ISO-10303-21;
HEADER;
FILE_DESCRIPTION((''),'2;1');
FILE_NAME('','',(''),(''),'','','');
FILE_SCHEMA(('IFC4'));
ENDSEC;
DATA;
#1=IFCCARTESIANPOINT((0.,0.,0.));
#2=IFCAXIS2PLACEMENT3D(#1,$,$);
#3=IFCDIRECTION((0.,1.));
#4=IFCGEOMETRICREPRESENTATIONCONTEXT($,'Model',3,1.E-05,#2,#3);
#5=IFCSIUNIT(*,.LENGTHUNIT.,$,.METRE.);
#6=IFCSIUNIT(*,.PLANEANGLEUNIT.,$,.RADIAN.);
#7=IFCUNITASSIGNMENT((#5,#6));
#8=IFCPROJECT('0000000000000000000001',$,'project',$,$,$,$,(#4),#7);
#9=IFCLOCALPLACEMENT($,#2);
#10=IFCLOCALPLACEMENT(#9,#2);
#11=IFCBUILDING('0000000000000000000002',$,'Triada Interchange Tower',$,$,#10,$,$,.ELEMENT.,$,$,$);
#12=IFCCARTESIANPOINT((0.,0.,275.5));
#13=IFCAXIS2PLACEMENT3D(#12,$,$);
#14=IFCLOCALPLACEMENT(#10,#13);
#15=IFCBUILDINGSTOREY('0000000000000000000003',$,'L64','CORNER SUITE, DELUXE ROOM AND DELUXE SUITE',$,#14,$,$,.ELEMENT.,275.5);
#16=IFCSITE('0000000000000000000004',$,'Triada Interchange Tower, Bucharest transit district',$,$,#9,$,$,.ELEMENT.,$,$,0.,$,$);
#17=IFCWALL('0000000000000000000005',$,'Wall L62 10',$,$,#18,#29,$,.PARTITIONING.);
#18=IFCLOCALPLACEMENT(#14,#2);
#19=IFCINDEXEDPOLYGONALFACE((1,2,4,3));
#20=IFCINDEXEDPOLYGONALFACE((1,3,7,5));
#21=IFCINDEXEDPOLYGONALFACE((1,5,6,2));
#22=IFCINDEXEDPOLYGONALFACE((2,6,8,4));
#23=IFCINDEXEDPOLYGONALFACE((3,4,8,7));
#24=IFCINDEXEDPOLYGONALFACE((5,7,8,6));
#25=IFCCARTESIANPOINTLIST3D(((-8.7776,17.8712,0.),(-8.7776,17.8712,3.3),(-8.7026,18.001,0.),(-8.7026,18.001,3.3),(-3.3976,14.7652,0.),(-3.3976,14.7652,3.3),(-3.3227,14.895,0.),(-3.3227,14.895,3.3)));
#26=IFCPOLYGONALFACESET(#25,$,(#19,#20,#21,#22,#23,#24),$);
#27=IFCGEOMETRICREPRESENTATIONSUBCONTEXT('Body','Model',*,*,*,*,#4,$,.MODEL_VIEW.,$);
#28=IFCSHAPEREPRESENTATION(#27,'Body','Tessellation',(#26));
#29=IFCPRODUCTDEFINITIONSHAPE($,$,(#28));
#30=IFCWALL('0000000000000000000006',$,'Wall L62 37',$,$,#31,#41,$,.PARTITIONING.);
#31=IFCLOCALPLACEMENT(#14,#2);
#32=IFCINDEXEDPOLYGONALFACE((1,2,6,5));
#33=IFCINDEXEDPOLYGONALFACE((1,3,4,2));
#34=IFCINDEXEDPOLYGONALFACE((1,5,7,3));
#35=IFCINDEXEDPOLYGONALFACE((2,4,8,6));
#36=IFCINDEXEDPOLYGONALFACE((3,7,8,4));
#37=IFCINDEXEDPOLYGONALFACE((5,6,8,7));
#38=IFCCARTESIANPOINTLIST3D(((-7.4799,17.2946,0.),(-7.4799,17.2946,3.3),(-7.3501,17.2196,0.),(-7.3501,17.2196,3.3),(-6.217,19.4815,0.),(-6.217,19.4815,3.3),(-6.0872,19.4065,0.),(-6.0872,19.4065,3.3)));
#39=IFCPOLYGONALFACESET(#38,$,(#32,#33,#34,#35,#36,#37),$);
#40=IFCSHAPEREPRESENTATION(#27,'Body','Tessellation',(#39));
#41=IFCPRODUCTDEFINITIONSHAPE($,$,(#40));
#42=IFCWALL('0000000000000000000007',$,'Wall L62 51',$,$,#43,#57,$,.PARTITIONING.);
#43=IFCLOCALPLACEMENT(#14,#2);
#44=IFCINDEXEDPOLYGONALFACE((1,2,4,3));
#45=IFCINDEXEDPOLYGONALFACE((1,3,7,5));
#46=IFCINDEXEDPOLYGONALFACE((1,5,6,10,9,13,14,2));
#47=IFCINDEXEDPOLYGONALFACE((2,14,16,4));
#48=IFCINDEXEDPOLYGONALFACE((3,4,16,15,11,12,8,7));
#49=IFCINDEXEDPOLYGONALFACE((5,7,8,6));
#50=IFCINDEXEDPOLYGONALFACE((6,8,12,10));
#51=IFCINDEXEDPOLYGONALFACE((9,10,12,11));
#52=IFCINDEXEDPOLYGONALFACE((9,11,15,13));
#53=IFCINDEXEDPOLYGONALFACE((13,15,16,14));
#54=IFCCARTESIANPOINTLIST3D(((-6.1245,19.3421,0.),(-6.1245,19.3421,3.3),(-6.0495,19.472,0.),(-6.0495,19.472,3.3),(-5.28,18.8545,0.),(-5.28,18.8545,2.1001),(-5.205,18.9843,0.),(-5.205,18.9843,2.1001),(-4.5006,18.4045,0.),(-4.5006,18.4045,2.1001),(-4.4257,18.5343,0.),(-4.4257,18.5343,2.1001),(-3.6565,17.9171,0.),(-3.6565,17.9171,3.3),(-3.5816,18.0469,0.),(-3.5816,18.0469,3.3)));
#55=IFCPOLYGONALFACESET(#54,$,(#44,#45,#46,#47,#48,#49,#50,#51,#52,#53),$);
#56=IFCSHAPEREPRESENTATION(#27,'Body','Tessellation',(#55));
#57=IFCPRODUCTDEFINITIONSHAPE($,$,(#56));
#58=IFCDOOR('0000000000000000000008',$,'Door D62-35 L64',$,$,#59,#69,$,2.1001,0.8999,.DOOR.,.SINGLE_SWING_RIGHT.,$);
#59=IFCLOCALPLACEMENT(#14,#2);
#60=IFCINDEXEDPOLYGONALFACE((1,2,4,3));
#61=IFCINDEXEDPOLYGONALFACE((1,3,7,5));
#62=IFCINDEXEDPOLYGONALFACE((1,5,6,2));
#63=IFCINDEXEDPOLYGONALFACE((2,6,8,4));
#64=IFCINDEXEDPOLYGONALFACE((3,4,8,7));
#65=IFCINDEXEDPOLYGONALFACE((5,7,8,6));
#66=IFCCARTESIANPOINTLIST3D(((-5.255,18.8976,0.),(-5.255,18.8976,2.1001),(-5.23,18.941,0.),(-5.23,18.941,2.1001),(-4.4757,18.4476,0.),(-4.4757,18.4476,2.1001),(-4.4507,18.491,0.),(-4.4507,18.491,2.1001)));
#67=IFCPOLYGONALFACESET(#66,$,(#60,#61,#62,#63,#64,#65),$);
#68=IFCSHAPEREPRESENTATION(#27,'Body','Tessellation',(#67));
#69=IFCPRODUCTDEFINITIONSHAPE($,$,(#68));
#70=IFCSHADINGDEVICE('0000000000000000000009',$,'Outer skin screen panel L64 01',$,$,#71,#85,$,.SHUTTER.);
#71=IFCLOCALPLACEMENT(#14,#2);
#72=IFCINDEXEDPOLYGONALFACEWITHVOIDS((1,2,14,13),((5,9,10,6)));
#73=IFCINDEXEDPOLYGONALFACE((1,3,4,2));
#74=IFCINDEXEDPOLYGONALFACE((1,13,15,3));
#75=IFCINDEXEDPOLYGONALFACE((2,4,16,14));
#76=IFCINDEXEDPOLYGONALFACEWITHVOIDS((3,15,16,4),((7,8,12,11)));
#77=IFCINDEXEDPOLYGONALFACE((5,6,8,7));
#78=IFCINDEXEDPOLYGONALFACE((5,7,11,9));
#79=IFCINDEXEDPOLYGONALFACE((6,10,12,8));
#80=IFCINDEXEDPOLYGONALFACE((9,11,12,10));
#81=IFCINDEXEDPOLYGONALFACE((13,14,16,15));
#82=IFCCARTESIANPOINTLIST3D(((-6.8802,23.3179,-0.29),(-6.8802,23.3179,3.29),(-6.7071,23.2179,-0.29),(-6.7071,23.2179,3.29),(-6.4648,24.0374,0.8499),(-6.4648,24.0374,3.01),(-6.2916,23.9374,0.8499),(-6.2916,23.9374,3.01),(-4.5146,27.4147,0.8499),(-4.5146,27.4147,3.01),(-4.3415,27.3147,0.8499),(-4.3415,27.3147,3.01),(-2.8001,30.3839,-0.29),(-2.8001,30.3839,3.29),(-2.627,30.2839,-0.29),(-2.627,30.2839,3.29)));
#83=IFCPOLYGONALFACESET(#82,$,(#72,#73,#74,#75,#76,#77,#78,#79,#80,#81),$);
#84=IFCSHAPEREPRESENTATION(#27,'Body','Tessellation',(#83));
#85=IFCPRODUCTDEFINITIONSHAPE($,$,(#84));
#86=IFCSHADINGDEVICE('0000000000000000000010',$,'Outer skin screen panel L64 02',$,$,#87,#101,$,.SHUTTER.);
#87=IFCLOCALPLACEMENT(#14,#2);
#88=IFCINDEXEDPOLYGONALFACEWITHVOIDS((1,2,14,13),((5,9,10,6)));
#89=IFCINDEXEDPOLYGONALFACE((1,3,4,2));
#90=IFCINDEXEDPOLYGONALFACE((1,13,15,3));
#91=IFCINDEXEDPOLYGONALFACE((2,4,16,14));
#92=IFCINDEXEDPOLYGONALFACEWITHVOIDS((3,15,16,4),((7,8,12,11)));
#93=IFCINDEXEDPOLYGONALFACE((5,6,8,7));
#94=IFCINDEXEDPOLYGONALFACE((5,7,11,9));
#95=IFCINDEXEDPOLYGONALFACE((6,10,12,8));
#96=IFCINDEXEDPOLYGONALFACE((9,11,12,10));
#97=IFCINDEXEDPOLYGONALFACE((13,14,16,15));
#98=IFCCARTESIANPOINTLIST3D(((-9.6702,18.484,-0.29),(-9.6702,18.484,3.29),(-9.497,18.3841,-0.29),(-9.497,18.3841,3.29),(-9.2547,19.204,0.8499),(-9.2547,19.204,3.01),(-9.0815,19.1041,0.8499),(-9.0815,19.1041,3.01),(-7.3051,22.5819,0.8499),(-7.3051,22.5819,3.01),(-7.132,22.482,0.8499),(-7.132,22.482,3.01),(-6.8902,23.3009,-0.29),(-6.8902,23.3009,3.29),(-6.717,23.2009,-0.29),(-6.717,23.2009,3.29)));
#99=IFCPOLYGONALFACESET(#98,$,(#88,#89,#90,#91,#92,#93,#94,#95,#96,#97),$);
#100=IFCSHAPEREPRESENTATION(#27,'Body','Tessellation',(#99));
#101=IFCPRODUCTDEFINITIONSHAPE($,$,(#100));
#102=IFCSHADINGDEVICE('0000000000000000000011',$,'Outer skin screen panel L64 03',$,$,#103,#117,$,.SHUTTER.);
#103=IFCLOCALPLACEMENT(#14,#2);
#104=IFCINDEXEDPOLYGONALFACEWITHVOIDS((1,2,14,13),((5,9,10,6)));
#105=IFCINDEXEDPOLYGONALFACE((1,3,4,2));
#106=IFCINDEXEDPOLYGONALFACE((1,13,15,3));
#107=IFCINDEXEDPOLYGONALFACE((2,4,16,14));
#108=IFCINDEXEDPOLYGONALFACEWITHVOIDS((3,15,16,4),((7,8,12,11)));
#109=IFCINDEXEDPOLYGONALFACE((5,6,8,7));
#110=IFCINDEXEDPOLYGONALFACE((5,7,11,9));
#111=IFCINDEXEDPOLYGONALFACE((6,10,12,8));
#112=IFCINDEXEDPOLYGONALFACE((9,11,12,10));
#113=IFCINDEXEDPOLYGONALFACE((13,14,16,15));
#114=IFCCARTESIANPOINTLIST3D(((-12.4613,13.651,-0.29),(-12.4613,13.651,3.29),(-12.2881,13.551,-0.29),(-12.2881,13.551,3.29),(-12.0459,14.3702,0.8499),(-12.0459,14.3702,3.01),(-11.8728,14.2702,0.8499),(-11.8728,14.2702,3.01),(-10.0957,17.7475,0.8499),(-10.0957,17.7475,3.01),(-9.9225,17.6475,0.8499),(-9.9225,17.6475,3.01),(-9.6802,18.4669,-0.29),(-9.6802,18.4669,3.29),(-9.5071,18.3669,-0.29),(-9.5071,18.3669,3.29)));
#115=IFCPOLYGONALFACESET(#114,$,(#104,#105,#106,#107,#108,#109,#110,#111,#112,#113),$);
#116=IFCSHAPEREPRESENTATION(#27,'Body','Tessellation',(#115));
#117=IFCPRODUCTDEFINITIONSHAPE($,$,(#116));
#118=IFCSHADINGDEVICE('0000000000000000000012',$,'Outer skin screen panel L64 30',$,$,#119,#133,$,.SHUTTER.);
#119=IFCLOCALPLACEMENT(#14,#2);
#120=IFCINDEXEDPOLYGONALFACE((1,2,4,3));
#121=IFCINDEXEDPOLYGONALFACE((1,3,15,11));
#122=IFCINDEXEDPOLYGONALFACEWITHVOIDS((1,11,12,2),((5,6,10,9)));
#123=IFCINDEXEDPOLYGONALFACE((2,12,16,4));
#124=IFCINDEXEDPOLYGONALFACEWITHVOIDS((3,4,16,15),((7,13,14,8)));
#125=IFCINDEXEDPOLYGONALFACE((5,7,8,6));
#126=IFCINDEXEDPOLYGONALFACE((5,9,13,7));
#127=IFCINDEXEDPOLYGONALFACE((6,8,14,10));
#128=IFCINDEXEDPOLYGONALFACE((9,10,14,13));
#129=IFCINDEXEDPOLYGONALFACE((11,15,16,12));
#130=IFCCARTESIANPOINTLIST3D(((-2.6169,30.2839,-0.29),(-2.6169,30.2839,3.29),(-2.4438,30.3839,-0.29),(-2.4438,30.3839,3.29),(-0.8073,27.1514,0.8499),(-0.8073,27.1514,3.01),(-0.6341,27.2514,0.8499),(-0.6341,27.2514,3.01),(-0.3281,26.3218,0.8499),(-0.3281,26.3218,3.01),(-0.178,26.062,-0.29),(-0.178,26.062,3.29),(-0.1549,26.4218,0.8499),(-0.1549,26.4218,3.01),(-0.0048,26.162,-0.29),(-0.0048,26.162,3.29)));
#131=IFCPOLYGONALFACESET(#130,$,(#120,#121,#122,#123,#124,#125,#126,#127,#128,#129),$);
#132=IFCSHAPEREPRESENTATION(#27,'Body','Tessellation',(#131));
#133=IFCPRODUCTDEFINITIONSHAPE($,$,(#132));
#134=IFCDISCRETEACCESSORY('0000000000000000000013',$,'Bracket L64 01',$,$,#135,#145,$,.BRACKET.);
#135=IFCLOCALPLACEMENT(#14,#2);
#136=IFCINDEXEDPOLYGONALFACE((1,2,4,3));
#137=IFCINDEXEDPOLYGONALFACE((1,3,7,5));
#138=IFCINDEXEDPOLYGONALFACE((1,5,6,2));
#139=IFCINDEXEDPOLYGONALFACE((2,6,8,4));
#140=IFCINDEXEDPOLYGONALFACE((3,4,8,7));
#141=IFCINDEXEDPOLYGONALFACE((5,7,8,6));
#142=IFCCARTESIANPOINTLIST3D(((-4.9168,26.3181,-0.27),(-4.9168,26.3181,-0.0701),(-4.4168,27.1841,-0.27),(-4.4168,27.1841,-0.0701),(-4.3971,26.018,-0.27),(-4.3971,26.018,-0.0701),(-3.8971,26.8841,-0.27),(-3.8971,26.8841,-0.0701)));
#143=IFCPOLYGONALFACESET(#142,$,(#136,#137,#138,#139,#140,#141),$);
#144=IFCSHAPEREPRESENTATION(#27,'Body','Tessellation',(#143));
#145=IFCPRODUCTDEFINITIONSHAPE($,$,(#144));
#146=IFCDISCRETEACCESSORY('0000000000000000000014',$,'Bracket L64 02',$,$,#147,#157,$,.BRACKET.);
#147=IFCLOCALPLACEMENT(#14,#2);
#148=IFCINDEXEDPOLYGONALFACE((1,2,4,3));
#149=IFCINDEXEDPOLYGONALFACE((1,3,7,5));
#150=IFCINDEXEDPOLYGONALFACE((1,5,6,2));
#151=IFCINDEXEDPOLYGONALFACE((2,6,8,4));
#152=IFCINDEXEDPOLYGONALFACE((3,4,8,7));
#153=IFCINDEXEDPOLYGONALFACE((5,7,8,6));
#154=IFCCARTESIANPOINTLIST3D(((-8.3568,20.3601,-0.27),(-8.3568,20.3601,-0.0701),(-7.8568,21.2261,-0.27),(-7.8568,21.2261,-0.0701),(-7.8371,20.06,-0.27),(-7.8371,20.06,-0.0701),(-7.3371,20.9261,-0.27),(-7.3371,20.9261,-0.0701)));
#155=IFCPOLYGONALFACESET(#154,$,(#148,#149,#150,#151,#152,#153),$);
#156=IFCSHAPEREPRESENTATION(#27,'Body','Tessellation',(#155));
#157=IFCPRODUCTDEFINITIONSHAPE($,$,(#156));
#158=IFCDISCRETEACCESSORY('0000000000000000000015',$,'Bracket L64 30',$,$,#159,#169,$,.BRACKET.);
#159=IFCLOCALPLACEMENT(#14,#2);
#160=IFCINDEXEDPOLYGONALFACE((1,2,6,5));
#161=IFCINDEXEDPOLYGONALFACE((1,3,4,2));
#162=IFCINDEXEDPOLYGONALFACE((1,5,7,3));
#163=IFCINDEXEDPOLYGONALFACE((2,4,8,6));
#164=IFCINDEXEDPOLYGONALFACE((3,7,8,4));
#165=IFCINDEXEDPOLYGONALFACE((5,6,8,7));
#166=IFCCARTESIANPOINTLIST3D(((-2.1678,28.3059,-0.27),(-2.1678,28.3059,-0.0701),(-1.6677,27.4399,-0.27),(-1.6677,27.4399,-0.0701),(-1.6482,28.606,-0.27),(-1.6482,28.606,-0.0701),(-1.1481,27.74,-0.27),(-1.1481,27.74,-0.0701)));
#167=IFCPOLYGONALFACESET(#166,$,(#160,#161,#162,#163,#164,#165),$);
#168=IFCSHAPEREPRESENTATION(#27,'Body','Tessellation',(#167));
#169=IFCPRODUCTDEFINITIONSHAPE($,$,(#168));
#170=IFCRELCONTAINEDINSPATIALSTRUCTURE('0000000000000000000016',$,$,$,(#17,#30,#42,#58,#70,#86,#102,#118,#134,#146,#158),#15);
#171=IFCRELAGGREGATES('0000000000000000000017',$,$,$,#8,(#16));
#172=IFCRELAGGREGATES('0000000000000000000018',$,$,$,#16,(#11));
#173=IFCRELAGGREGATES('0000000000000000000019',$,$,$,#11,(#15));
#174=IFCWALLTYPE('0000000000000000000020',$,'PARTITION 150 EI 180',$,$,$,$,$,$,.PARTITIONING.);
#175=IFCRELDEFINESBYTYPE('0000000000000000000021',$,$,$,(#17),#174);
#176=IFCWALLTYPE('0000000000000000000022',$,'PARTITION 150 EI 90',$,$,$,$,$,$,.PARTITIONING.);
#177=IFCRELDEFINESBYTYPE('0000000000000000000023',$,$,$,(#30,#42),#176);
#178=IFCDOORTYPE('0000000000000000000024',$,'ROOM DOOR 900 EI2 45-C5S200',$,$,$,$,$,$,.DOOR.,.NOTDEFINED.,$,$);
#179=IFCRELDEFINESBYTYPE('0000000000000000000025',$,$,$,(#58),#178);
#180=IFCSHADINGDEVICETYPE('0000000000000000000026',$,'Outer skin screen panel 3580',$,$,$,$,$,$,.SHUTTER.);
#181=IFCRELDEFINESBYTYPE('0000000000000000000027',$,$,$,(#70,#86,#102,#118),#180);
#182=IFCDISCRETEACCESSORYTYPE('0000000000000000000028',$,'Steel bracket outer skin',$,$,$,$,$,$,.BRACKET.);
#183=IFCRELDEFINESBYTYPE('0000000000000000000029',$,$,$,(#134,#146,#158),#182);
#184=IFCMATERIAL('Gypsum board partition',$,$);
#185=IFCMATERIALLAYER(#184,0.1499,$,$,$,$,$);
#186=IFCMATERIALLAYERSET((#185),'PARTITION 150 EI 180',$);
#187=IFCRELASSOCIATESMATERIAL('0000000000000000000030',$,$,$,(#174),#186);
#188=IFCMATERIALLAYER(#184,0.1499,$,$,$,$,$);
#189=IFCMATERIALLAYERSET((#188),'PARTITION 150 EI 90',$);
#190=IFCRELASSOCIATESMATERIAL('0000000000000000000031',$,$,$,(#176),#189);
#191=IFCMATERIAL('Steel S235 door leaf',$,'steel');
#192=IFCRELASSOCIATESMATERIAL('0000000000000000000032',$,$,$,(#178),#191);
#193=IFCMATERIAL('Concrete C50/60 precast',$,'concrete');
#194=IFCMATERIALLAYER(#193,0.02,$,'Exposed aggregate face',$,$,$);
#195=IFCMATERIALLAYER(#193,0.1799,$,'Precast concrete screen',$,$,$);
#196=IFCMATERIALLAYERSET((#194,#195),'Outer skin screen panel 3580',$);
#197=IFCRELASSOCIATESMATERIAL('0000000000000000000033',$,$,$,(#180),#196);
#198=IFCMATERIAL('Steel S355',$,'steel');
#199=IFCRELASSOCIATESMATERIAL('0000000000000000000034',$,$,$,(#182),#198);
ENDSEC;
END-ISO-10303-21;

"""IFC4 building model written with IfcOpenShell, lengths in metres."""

from ifc_helpers import new_model, si_unit, direction, frame, frame_2d, origin, origin_2d, place, context, subcontext, project, spatial, polyline, rectangle, outline, extrude, material, layer, layer_set, type_object, element, fill, save


model = new_model("IFC4")

# Units and contexts
model_context = context("Model", 3, precision=1e-05, world=origin(), true_north=direction((0.0, 1.0)))
body_context = subcontext(model_context, "Body", "Model", "MODEL_VIEW")
ifc_project = project(units=[si_unit("LENGTHUNIT", "METRE"), si_unit("PLANEANGLEUNIT", "RADIAN")], contexts=[model_context])

# Site, building, storey
site_placement = place(None, origin())
site = spatial("IfcSite", under=ifc_project, at=site_placement, Name="Triada Interchange Tower, Bucharest transit district", CompositionType="ELEMENT", RefElevation=0.0)
building_placement = place(site_placement, origin())
building = spatial("IfcBuilding", under=site, at=building_placement, Name="Triada Interchange Tower", CompositionType="ELEMENT")
storey_placement = place(building_placement, frame((0.0, 0.0, 275.5)))
storey = spatial("IfcBuildingStorey", under=building, at=storey_placement, Name="L64", Description="CORNER SUITE, DELUXE ROOM AND DELUXE SUITE", CompositionType="ELEMENT", Elevation=275.5)

# Walls
ifc_material_1 = material(Name="Gypsum board partition")
ifc_layer_1 = layer(ifc_material_1, 0.1499)
ifc_layer_set_1 = layer_set([ifc_layer_1], Name="PARTITION 150 EI 180")
wall_type_1 = type_object("IfcWallType", Name="PARTITION 150 EI 180", PredefinedType="PARTITIONING", material=ifc_layer_set_1)
wall_1_placement = place(storey_placement, frame((-8.74, 17.936, 0.0), z_axis=(0.0, 0.0, 1.0), x_axis=(0.866034, -0.499986, 0.0)))
element("IfcWall", 1, at=wall_1_placement, inside=storey, type_object=wall_type_1, Name="Wall L62 10", PredefinedType="PARTITIONING", context=body_context, shape_type="SweptSolid", body=[
    extrude(rectangle(XDim=6.2122, YDim=0.1499, at=frame_2d((3.106, 0.0))), origin(), (0.0, 0.0, 1.0), 3.3),
])
ifc_layer_2 = layer(ifc_material_1, 0.1499)
ifc_layer_set_2 = layer_set([ifc_layer_2], Name="PARTITION 150 EI 90")
wall_type_2 = type_object("IfcWallType", Name="PARTITION 150 EI 90", PredefinedType="PARTITIONING", material=ifc_layer_set_2)
wall_2_placement = place(storey_placement, frame((-7.415, 17.2571, 0.0), z_axis=(0.0, 0.0, 1.0), x_axis=(0.500079, 0.86598, 0.0)))
element("IfcWall", 2, at=wall_2_placement, inside=storey, type_object=wall_type_2, Name="Wall L62 37", PredefinedType="PARTITIONING", context=body_context, shape_type="SweptSolid", body=[
    extrude(rectangle(XDim=2.5254, YDim=0.1499, at=frame_2d((1.2627, 0.0))), origin(), (0.0, 0.0, 1.0), 3.3),
])

# Wall, opening, door
wall_3_placement = place(storey_placement, frame((-6.0869, 19.407, 0.0), z_axis=(0.0, 0.0, 1.0), x_axis=(0.866004, -0.500036, 0.0)))
wall_3 = element("IfcWall", 3, at=wall_3_placement, inside=storey, type_object=wall_type_2, Name="Wall L62 51", PredefinedType="PARTITIONING", context=body_context, shape_type="SweptSolid", body=[
    extrude(rectangle(XDim=2.8499, YDim=0.1499, at=frame_2d((1.4248, 0.0))), origin(), (0.0, 0.0, 1.0), 3.3),
])
opening_1_placement = place(wall_3_placement, frame((0.9751, 0.0, 0.0)))
opening_1 = element("IfcOpeningElement", 4, at=opening_1_placement, cuts=wall_3, PredefinedType="OPENING", context=body_context, shape_type="SweptSolid", body=[
    extrude(rectangle(XDim=0.8999, YDim=2.1001, at=frame_2d((0.45, 1.05))), frame((0.0, 0.085, 0.0), z_axis=(0.0, -1.0, 0.0), x_axis=(1.0, 0.0, 0.0)), (0.0, 0.0, 1.0), 0.1699),
])
ifc_material_2 = material(Name="Steel S235 door leaf", Category="steel")
door_type = type_object("IfcDoorType", Name="ROOM DOOR 900 EI2 45-C5S200", OperationType="NOTDEFINED", PredefinedType="DOOR", material=ifc_material_2)
door_placement = place(opening_1_placement, origin())
door = element("IfcDoor", 5, at=door_placement, inside=storey, type_object=door_type, Name="Door D62-35 L64", OperationType="SINGLE_SWING_RIGHT", OverallHeight=2.1001, OverallWidth=0.8999, PredefinedType="DOOR", context=body_context, shape_type="SweptSolid", body=[
    extrude(rectangle(XDim=0.8999, YDim=2.1001, at=frame_2d((0.45, 1.05))), frame((0.0, 0.0249, 0.0), z_axis=(0.0, -1.0, 0.0), x_axis=(1.0, 0.0, 0.0)), (0.0, 0.0, 1.0), 0.05),
])
fill(opening_1, door)

# Shading devices
ifc_material_3 = material(Name="Concrete C50/60 precast", Category="concrete")
ifc_layer_3 = layer(ifc_material_3, 0.02, Name="Exposed aggregate face")
ifc_layer_4 = layer(ifc_material_3, 0.1799, Name="Precast concrete screen")
ifc_layer_set_3 = layer_set([ifc_layer_3, ifc_layer_4], Name="Outer skin screen panel 3580")
shading_device_type = type_object("IfcShadingDeviceType", Name="Outer skin screen panel 3580", PredefinedType="SHUTTER", material=ifc_layer_set_3)
shading_device_1_placement = place(storey_placement, frame((-2.627, 30.2839, -0.29), z_axis=(0.0, 0.0, 1.0), x_axis=(-0.500052, -0.865995, 0.0)))
element("IfcShadingDevice", 6, at=shading_device_1_placement, inside=storey, type_object=shading_device_type, Name="Outer skin screen panel L64 01", PredefinedType="SHUTTER", context=body_context, shape_type="SweptSolid", body=[
    extrude(outline(polyline([(0.0, 0.0), (8.1594, 0.0), (8.1594, 3.5801), (0.0, 3.5801), (0.0, 0.0)]), holes=[polyline([(3.4287, 1.1399), (3.4287, 3.3), (7.3286, 3.3), (7.3286, 1.1399), (3.4287, 1.1399)])]), frame((0.0, 0.0, 0.0), z_axis=(0.0, -1.0, 0.0), x_axis=(1.0, 0.0, 0.0)), (0.0, 0.0, 1.0), 0.2),
])
shading_device_2_placement = place(storey_placement, frame((-6.717, 23.2009, -0.29), z_axis=(0.0, 0.0, 1.0), x_axis=(-0.499864, -0.866104, 0.0)))
element("IfcShadingDevice", 7, at=shading_device_2_placement, inside=storey, type_object=shading_device_type, Name="Outer skin screen panel L64 02", PredefinedType="SHUTTER", context=body_context, shape_type="SweptSolid", body=[
    extrude(outline(polyline([(0.0, 0.0), (5.5615, 0.0), (5.5615, 3.5801), (0.0, 3.5801), (0.0, 0.0)]), holes=[polyline([(0.8301, 1.1399), (0.8301, 3.3), (4.7302, 3.3), (4.7302, 1.1399), (0.8301, 1.1399)])]), frame((0.0, 0.0, 0.0), z_axis=(0.0, -1.0, 0.0), x_axis=(1.0, 0.0, 0.0)), (0.0, 0.0, 1.0), 0.2),
])
shading_device_3_placement = place(storey_placement, frame((-9.5071, 18.3669, -0.29), z_axis=(0.0, 0.0, 1.0), x_axis=(-0.500072, -0.865984, 0.0)))
element("IfcShadingDevice", 8, at=shading_device_3_placement, inside=storey, type_object=shading_device_type, Name="Outer skin screen panel L64 03", PredefinedType="SHUTTER", context=body_context, shape_type="SweptSolid", body=[
    extrude(outline(polyline([(0.0, 0.0), (5.5613, 0.0), (5.5613, 3.5801), (0.0, 3.5801), (0.0, 0.0)]), holes=[polyline([(0.8308, 1.1399), (0.8308, 3.3), (4.7307, 3.3), (4.7307, 1.1399), (0.8308, 1.1399)])]), frame((0.0, 0.0, 0.0), z_axis=(0.0, -1.0, 0.0), x_axis=(1.0, 0.0, 0.0)), (0.0, 0.0, 1.0), 0.2),
])
shading_device_4_placement = place(storey_placement, frame((-0.178, 26.062, -0.29), z_axis=(0.0, 0.0, 1.0), x_axis=(-0.500221, 0.865898, 0.0)))
element("IfcShadingDevice", 9, at=shading_device_4_placement, inside=storey, type_object=shading_device_type, Name="Outer skin screen panel L64 30", PredefinedType="SHUTTER", context=body_context, shape_type="SweptSolid", body=[
    extrude(outline(polyline([(0.0, 0.0), (4.8757, 0.0), (4.8757, 3.5801), (0.0, 3.5801), (0.0, 0.0)]), holes=[polyline([(0.3, 1.1399), (0.3, 3.3), (1.2581, 3.3), (1.2581, 1.1399), (0.3, 1.1399)])]), frame((0.0, 0.0, 0.0), z_axis=(0.0, -1.0, 0.0), x_axis=(1.0, 0.0, 0.0)), (0.0, 0.0, 1.0), 0.2),
])

# Discrete accessories
ifc_material_4 = material(Name="Steel S355", Category="steel")
discrete_accessory_type = type_object("IfcDiscreteAccessoryType", Name="Steel bracket outer skin", PredefinedType="BRACKET", material=ifc_material_4)
for number, where, z_axis, x_axis, name in (
    (10, (-4.407, 26.6011, -0.27), (0.0, 0.0, 1.0), (-0.866029, 0.499994, 0.0), "Bracket L64 01"),
    (11, (-7.8469, 20.6431, -0.27), (0.0, 0.0, 1.0), (-0.866029, 0.499994, 0.0), "Bracket L64 02"),
    (12, (-1.658, 28.0229, -0.27), (0.0, 0.0, 1.0), (0.865957, 0.500119, 0.0), "Bracket L64 30"),
):
    element("IfcDiscreteAccessory", number, at=place(storey_placement, frame(where, z_axis=z_axis, x_axis=x_axis)), inside=storey, type_object=discrete_accessory_type, Name=name, PredefinedType="BRACKET", context=body_context, shape_type="SweptSolid", body=[
        extrude(rectangle(XDim=0.6001, YDim=1.0, at=origin_2d()), origin(), (0.0, 0.0, 1.0), 0.2),
    ])

save(model, "model.ifc")
